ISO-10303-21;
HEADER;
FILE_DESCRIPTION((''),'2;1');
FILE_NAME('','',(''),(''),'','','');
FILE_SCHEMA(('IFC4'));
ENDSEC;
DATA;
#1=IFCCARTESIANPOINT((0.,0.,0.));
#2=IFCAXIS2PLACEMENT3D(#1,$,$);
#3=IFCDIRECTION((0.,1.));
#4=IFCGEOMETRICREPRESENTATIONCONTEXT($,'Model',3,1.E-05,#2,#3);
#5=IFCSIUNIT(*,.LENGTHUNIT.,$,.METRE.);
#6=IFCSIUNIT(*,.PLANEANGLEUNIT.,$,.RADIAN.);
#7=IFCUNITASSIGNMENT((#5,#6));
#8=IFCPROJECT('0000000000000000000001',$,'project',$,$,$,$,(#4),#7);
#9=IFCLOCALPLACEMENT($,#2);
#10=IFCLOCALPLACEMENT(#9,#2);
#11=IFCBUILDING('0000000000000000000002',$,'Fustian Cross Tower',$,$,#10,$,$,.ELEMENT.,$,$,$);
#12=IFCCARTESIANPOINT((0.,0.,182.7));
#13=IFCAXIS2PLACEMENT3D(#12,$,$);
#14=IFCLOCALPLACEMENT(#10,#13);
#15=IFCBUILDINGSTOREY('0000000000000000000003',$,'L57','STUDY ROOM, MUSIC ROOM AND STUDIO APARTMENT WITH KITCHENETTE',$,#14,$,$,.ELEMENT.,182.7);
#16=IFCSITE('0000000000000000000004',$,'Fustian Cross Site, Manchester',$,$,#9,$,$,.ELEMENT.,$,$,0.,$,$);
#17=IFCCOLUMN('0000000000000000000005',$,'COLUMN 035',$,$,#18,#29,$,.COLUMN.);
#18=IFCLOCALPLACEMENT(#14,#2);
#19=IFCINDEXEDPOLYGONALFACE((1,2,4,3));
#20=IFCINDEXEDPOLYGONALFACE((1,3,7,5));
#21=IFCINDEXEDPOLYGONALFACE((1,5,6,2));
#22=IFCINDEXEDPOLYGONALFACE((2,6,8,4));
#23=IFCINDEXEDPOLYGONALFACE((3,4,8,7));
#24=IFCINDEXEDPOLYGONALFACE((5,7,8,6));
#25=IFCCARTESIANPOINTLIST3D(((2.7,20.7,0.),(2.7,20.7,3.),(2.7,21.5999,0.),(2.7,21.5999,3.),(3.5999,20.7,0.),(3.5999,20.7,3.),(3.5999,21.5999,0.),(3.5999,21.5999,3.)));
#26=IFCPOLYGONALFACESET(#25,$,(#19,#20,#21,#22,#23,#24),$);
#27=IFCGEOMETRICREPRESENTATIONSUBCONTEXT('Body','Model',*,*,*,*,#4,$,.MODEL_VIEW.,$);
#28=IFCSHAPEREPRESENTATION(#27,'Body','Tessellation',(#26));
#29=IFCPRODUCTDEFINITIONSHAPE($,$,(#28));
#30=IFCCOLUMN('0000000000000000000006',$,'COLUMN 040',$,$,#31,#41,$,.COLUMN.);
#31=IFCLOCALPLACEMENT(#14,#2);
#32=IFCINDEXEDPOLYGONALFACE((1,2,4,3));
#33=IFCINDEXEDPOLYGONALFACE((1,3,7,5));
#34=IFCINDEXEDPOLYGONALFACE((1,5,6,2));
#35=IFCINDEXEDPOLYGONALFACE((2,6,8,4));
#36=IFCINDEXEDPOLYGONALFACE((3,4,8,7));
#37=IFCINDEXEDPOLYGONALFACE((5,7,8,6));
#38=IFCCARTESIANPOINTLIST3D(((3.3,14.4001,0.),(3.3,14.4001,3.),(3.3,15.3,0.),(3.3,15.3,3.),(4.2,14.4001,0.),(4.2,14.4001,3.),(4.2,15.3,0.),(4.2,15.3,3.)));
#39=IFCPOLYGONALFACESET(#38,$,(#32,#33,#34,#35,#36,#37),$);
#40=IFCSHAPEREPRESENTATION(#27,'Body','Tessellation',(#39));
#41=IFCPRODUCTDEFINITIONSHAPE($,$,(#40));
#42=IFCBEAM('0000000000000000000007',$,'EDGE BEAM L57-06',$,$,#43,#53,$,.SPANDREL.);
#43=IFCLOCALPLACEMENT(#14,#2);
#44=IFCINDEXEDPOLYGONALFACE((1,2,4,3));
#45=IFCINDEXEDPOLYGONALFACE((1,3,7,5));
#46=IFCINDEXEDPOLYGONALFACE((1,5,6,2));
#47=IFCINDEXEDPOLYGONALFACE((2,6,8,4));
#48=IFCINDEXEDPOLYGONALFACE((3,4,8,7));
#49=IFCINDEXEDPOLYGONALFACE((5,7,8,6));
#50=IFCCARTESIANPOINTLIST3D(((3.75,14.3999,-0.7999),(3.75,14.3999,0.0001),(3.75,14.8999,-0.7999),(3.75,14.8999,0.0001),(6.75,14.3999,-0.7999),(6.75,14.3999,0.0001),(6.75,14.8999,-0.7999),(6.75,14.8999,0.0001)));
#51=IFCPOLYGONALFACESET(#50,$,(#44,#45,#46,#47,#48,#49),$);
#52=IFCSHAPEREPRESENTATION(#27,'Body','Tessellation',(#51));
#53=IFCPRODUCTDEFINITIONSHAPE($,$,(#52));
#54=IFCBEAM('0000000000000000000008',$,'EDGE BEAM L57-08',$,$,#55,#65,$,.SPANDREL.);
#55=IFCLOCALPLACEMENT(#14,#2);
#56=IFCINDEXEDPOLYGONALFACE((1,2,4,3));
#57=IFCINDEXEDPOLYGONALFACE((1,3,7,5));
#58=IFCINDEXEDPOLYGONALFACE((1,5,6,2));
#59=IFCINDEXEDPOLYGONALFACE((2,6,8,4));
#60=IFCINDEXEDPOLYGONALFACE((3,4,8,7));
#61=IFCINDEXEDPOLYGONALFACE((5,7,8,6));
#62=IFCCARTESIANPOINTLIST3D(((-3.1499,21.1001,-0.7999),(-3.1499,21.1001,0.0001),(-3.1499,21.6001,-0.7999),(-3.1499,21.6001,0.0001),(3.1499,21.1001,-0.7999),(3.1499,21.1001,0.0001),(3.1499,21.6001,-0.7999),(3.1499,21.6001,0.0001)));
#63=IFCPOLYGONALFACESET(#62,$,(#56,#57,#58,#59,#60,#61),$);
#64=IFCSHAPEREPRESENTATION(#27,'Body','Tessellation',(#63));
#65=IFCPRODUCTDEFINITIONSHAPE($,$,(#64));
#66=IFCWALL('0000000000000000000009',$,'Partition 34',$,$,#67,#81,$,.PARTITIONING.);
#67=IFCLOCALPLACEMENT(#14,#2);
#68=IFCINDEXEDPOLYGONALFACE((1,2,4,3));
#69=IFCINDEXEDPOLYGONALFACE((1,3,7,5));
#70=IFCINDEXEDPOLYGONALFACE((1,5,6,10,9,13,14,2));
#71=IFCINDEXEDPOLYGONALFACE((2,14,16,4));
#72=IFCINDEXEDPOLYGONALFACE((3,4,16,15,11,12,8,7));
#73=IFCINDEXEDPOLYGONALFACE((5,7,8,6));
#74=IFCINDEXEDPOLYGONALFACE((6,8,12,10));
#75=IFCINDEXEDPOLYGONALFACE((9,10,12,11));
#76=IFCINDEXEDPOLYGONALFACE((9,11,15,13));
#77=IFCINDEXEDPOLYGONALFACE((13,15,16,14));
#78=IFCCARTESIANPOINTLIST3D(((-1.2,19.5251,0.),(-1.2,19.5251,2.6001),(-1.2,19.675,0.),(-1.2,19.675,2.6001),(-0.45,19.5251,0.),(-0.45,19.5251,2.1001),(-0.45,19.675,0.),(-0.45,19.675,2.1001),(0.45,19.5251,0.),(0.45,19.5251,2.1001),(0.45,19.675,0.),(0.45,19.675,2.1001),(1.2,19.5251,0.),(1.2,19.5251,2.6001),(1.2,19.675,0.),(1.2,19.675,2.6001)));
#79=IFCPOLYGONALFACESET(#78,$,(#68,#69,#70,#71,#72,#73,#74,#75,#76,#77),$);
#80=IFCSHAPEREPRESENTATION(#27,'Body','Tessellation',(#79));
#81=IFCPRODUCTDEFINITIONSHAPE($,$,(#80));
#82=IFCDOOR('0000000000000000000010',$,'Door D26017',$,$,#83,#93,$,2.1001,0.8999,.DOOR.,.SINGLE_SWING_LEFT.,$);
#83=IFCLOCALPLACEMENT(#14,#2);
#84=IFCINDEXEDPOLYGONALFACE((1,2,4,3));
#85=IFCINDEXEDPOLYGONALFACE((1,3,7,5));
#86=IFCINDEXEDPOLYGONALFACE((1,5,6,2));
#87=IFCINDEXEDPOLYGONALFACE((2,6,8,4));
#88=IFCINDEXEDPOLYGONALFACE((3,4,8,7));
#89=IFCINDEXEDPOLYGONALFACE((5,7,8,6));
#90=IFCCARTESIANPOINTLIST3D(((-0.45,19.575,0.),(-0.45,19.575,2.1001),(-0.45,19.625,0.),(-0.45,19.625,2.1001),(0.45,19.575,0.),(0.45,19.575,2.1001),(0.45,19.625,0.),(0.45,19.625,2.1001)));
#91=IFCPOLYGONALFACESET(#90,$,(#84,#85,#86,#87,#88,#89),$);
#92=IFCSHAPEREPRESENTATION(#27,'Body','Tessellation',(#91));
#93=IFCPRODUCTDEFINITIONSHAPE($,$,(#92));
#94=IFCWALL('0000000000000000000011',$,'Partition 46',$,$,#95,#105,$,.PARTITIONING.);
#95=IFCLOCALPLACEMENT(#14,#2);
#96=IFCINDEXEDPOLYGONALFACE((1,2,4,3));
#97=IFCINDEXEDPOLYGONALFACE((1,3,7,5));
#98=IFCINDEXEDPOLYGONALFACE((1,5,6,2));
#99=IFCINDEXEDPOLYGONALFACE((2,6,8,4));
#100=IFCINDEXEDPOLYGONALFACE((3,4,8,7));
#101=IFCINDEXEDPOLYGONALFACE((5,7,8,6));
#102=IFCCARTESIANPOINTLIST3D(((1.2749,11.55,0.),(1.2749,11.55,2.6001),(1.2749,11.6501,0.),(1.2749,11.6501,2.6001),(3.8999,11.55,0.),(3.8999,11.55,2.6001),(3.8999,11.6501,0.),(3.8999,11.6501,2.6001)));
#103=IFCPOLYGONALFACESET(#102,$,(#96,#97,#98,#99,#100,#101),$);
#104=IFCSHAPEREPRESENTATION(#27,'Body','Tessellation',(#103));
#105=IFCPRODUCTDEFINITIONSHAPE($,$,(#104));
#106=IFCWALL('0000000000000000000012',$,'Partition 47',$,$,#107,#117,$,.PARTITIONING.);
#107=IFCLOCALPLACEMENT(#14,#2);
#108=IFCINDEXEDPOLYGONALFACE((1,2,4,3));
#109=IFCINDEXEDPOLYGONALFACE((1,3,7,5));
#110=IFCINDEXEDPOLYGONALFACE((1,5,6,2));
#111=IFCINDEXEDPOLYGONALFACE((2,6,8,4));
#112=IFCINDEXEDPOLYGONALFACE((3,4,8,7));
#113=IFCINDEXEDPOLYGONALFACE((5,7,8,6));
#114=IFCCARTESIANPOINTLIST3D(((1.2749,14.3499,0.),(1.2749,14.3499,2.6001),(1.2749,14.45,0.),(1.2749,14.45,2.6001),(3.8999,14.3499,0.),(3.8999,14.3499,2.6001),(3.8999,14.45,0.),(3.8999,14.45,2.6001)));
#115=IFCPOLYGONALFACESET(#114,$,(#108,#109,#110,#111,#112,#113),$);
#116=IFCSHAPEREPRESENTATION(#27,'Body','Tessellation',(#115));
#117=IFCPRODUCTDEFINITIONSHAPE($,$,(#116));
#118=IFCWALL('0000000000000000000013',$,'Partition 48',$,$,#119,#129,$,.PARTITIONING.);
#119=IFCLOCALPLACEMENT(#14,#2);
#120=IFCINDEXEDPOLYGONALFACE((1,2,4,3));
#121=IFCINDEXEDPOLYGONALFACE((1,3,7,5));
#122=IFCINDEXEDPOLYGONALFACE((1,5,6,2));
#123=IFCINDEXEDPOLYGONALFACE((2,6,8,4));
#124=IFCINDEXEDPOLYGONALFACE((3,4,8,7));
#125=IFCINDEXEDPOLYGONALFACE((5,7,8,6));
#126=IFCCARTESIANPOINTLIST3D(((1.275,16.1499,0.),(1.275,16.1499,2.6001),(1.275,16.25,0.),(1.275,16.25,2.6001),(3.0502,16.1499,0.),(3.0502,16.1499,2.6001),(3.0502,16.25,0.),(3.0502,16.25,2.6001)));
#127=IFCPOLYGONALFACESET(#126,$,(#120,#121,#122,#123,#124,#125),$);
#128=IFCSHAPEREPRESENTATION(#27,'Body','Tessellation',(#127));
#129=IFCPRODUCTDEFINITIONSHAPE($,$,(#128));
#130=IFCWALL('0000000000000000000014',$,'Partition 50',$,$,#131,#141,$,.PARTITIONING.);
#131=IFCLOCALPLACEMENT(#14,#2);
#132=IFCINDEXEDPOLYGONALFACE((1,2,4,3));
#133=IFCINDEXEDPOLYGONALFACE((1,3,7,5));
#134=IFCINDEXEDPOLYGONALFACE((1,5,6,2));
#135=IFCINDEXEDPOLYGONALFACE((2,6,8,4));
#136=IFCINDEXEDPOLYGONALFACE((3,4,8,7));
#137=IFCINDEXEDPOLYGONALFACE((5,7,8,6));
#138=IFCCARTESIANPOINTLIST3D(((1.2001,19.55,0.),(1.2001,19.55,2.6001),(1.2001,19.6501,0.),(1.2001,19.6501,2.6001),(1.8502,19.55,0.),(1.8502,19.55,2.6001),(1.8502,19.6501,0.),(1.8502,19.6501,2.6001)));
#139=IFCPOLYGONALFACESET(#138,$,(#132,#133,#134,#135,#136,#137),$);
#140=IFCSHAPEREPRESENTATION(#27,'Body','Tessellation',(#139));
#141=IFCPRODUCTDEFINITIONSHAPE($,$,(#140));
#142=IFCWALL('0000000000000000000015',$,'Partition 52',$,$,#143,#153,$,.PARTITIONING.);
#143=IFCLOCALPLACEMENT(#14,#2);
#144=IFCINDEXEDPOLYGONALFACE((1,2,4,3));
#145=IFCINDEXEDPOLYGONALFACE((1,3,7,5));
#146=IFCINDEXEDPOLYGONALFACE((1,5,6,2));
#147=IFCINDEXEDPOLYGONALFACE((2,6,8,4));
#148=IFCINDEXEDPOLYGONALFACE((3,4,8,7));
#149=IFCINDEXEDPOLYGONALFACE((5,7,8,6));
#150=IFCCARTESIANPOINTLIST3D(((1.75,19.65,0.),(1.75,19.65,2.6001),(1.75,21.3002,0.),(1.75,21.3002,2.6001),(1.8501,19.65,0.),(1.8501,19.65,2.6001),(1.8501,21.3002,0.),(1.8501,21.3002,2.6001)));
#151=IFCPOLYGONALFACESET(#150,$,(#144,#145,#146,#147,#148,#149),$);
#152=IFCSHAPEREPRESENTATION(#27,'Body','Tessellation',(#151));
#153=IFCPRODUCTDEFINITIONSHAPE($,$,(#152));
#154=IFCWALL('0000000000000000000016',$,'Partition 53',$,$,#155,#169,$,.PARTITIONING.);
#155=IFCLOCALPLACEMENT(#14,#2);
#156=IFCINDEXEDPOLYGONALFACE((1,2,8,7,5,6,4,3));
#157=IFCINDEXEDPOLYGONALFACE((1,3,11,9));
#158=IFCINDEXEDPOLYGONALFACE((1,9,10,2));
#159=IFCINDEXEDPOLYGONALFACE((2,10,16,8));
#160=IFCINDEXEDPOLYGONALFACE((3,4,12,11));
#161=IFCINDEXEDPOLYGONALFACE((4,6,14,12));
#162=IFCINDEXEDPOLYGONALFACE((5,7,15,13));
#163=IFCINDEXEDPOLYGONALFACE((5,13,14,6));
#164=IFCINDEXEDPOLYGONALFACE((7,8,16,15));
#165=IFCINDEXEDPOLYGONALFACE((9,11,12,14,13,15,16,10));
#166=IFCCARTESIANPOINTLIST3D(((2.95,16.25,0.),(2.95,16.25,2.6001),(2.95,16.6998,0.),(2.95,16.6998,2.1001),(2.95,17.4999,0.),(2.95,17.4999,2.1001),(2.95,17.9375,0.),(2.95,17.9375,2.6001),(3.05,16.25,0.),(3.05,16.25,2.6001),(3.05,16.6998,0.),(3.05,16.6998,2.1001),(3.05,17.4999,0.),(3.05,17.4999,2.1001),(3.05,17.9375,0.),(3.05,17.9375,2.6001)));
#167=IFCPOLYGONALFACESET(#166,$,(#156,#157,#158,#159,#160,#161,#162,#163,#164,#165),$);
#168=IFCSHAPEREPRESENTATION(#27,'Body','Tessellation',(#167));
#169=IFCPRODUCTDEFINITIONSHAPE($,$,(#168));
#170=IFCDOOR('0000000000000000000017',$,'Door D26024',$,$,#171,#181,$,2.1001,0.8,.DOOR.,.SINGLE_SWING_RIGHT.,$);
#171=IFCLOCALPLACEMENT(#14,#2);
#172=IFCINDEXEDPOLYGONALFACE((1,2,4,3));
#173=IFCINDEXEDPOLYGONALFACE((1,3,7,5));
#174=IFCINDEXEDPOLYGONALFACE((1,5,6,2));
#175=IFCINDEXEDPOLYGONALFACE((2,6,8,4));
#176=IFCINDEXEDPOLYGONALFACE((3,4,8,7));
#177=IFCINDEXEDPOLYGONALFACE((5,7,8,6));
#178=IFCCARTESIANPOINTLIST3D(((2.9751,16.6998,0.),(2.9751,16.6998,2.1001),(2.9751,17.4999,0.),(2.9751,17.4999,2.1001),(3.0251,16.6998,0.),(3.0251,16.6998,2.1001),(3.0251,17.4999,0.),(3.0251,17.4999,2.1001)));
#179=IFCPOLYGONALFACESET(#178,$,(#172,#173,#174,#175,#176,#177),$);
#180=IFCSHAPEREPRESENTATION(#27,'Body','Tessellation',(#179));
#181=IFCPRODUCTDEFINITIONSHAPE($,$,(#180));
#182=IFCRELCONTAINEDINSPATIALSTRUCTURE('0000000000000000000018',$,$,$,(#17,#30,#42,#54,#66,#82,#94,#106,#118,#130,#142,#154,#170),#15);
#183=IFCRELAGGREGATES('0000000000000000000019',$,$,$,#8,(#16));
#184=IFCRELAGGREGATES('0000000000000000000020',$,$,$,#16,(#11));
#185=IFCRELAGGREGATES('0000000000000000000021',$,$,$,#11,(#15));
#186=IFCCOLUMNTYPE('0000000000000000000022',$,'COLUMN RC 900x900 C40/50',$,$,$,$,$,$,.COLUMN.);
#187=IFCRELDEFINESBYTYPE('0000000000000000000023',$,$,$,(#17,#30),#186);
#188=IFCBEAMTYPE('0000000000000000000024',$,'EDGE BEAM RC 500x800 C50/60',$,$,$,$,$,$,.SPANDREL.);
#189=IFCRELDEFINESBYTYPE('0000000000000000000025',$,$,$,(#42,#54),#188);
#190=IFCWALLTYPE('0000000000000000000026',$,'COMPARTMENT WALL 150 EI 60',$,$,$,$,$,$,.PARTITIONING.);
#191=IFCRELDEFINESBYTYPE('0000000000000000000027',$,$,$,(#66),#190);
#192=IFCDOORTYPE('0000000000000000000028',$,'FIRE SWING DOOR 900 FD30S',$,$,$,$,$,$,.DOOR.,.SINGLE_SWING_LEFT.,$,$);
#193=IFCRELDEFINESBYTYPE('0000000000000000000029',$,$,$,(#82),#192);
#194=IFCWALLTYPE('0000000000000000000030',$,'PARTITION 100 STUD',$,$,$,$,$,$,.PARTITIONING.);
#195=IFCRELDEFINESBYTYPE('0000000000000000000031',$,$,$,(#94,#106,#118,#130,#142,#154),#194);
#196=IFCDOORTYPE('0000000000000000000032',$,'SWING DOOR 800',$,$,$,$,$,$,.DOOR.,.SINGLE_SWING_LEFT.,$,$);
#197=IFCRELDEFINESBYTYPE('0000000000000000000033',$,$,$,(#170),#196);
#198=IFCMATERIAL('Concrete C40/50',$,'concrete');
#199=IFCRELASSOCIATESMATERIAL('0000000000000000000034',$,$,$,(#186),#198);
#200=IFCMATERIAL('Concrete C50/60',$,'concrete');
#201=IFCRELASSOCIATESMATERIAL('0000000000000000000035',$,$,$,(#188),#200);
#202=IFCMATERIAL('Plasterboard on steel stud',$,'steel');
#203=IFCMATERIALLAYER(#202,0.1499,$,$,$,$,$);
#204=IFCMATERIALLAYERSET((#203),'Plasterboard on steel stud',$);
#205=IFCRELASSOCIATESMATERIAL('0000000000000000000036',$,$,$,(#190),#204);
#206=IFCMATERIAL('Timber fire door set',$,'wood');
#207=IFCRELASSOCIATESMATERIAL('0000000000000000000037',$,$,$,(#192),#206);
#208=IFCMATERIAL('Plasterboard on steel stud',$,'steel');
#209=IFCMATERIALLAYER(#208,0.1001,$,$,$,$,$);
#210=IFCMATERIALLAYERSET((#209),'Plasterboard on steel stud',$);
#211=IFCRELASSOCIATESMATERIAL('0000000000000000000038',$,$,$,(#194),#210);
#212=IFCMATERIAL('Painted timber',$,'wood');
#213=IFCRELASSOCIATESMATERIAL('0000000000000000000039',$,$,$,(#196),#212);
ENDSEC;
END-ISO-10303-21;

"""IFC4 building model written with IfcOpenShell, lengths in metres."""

from ifc_helpers import new_model, si_unit, direction, frame, frame_2d, origin, origin_2d, place, context, subcontext, project, spatial, rectangle, extrude, material, layer, layer_set, material_profile, profile_set, type_object, element, fill, save


model = new_model("IFC4")

# Units and contexts
model_context = context("Model", 3, precision=1e-05, world=origin(), true_north=direction((0.0, 1.0)))
body_context = subcontext(model_context, "Body", "Model", "MODEL_VIEW")
ifc_project = project(units=[si_unit("LENGTHUNIT", "METRE"), si_unit("PLANEANGLEUNIT", "RADIAN")], contexts=[model_context])

# Site, building, storey
site_placement = place(None, origin())
site = spatial("IfcSite", under=ifc_project, at=site_placement, Name="Fustian Cross Site, Manchester", CompositionType="ELEMENT", RefElevation=0.0)
building_placement = place(site_placement, origin())
building = spatial("IfcBuilding", under=site, at=building_placement, Name="Fustian Cross Tower", CompositionType="ELEMENT")
storey_placement = place(building_placement, frame((0.0, 0.0, 182.7)))
storey = spatial("IfcBuildingStorey", under=building, at=storey_placement, Name="L57", Description="STUDY ROOM, MUSIC ROOM AND STUDIO APARTMENT WITH KITCHENETTE", CompositionType="ELEMENT", Elevation=182.7)

# Columns
ifc_material_1 = material(Name="Concrete C40/50", Category="concrete")
ifc_material_profile_1 = material_profile(ifc_material_1, rectangle(XDim=0.8999, YDim=0.8999, at=origin_2d()), Name="RC 900x900")
ifc_profile_set_1 = profile_set([ifc_material_profile_1], Name="Concrete C40/50")
column_type = type_object("IfcColumnType", Name="COLUMN RC 900x900 C40/50", PredefinedType="COLUMN", material=ifc_profile_set_1)
for number, where, z_axis, x_axis, name in (
    (1, (3.1499, 21.1499, 0.0), (0.0, 0.0, 1.0), (1.0, 0.0, 0.0), "COLUMN 035"),
    (2, (3.75, 14.8501, 0.0), (0.0, 0.0, 1.0), (1.0, 0.0, 0.0), "COLUMN 040"),
):
    element("IfcColumn", number, at=place(storey_placement, frame(where, z_axis=z_axis, x_axis=x_axis)), inside=storey, type_object=column_type, Name=name, PredefinedType="COLUMN", context=body_context, shape_type="SweptSolid", body=[
        extrude(rectangle(XDim=0.8999, YDim=0.8999, at=origin_2d()), origin(), (0.0, 0.0, 1.0), 3.0),
    ])

# Beams
ifc_material_2 = material(Name="Concrete C50/60", Category="concrete")
ifc_material_profile_2 = material_profile(ifc_material_2, rectangle(XDim=0.5, YDim=0.8, at=origin_2d()), Name="RC 500x800")
ifc_profile_set_2 = profile_set([ifc_material_profile_2], Name="Concrete C50/60")
beam_type = type_object("IfcBeamType", Name="EDGE BEAM RC 500x800 C50/60", PredefinedType="SPANDREL", material=ifc_profile_set_2)
beam_1_placement = place(storey_placement, frame((3.75, 14.6499, -0.3999), z_axis=(1.0, 0.0, 0.0), x_axis=(0.0, 1.0, 0.0)))
element("IfcBeam", 3, at=beam_1_placement, inside=storey, type_object=beam_type, Name="EDGE BEAM L57-06", PredefinedType="SPANDREL", context=body_context, shape_type="SweptSolid", body=[
    extrude(rectangle(XDim=0.5, YDim=0.8, at=origin_2d()), origin(), (0.0, 0.0, 1.0), 3.0),
])
beam_2_placement = place(storey_placement, frame((3.1499, 21.3501, -0.3999), z_axis=(-1.0, 0.0, 0.0), x_axis=(0.0, -1.0, 0.0)))
element("IfcBeam", 4, at=beam_2_placement, inside=storey, type_object=beam_type, Name="EDGE BEAM L57-08", PredefinedType="SPANDREL", context=body_context, shape_type="SweptSolid", body=[
    extrude(rectangle(XDim=0.5, YDim=0.8, at=origin_2d()), origin(), (0.0, 0.0, 1.0), 6.2998),
])

# Wall, opening, door
ifc_material_3 = material(Name="Plasterboard on steel stud", Category="steel")
ifc_layer_1 = layer(ifc_material_3, 0.1499)
ifc_layer_set_1 = layer_set([ifc_layer_1], Name="Plasterboard on steel stud")
wall_type_1 = type_object("IfcWallType", Name="COMPARTMENT WALL 150 EI 60", PredefinedType="PARTITIONING", material=ifc_layer_set_1)
wall_1_placement = place(storey_placement, frame((-1.2, 19.6001, 0.0), z_axis=(0.0, 0.0, 1.0), x_axis=(1.0, 0.0, 0.0)))
wall_1 = element("IfcWall", 5, at=wall_1_placement, inside=storey, type_object=wall_type_1, Name="Partition 34", PredefinedType="PARTITIONING", context=body_context, shape_type="SweptSolid", body=[
    extrude(rectangle(XDim=2.3999, YDim=0.1499, at=frame_2d((1.2, 0.0))), origin(), (0.0, 0.0, 1.0), 2.6001),
])
opening_1_placement = place(wall_1_placement, frame((0.75, 0.0, 0.0)))
opening_1 = element("IfcOpeningElement", 6, at=opening_1_placement, cuts=wall_1, PredefinedType="OPENING", context=body_context, shape_type="SweptSolid", body=[
    extrude(rectangle(XDim=0.8999, YDim=2.1001, at=frame_2d((0.45, 1.05))), frame((0.0, 0.085, 0.0), z_axis=(0.0, -1.0, 0.0), x_axis=(1.0, 0.0, 0.0)), (0.0, 0.0, 1.0), 0.1699),
])
ifc_material_4 = material(Name="Timber fire door set", Category="wood")
door_type_1 = type_object("IfcDoorType", Name="FIRE SWING DOOR 900 FD30S", OperationType="SINGLE_SWING_LEFT", PredefinedType="DOOR", material=ifc_material_4)
door_1_placement = place(opening_1_placement, origin())
door_1 = element("IfcDoor", 7, at=door_1_placement, inside=storey, type_object=door_type_1, Name="Door D26017", OperationType="SINGLE_SWING_LEFT", OverallHeight=2.1001, OverallWidth=0.8999, PredefinedType="DOOR", context=body_context, shape_type="SweptSolid", body=[
    extrude(rectangle(XDim=0.8999, YDim=2.1001, at=frame_2d((0.45, 1.05))), frame((0.0, 0.0249, 0.0), z_axis=(0.0, -1.0, 0.0), x_axis=(1.0, 0.0, 0.0)), (0.0, 0.0, 1.0), 0.05),
])
fill(opening_1, door_1)

# Walls
ifc_material_5 = material(Name="Plasterboard on steel stud", Category="steel")
ifc_layer_2 = layer(ifc_material_5, 0.1001)
ifc_layer_set_2 = layer_set([ifc_layer_2], Name="Plasterboard on steel stud")
wall_type_2 = type_object("IfcWallType", Name="PARTITION 100 STUD", PredefinedType="PARTITIONING", material=ifc_layer_set_2)
for number, where, z_axis, x_axis, name in (
    (8, (1.2749, 11.6001, 0.0), (0.0, 0.0, 1.0), (1.0, 0.0, 0.0), "Partition 46"),
    (9, (1.2749, 14.3999, 0.0), (0.0, 0.0, 1.0), (1.0, 0.0, 0.0), "Partition 47"),
):
    element("IfcWall", number, at=place(storey_placement, frame(where, z_axis=z_axis, x_axis=x_axis)), inside=storey, type_object=wall_type_2, Name=name, PredefinedType="PARTITIONING", context=body_context, shape_type="SweptSolid", body=[
        extrude(rectangle(XDim=2.625, YDim=0.1001, at=frame_2d((1.3125, 0.0))), origin(), (0.0, 0.0, 1.0), 2.6001),
    ])
wall_2_placement = place(storey_placement, frame((1.2749, 16.2, 0.0), z_axis=(0.0, 0.0, 1.0), x_axis=(1.0, 0.0, 0.0)))
element("IfcWall", 10, at=wall_2_placement, inside=storey, type_object=wall_type_2, Name="Partition 48", PredefinedType="PARTITIONING", context=body_context, shape_type="SweptSolid", body=[
    extrude(rectangle(XDim=1.7751, YDim=0.1001, at=frame_2d((0.8877, 0.0))), origin(), (0.0, 0.0, 1.0), 2.6001),
])
wall_3_placement = place(storey_placement, frame((1.2, 19.6001, 0.0), z_axis=(0.0, 0.0, 1.0), x_axis=(1.0, 0.0, 0.0)))
element("IfcWall", 11, at=wall_3_placement, inside=storey, type_object=wall_type_2, Name="Partition 50", PredefinedType="PARTITIONING", context=body_context, shape_type="SweptSolid", body=[
    extrude(rectangle(XDim=0.6501, YDim=0.1001, at=frame_2d((0.3252, 0.0))), origin(), (0.0, 0.0, 1.0), 2.6001),
])
wall_4_placement = place(storey_placement, frame((1.8, 19.6499, 0.0), z_axis=(0.0, 0.0, 1.0), x_axis=(0.0, 1.0, 0.0)))
element("IfcWall", 12, at=wall_4_placement, inside=storey, type_object=wall_type_2, Name="Partition 52", PredefinedType="PARTITIONING", context=body_context, shape_type="SweptSolid", body=[
    extrude(rectangle(XDim=1.6501, YDim=0.1001, at=frame_2d((0.8252, 0.0))), origin(), (0.0, 0.0, 1.0), 2.6001),
])

# Wall, opening, door
wall_5_placement = place(storey_placement, frame((3.0, 16.25, 0.0), z_axis=(0.0, 0.0, 1.0), x_axis=(0.0, 1.0, 0.0)))
wall_5 = element("IfcWall", 13, at=wall_5_placement, inside=storey, type_object=wall_type_2, Name="Partition 53", PredefinedType="PARTITIONING", context=body_context, shape_type="SweptSolid", body=[
    extrude(rectangle(XDim=1.6875, YDim=0.1001, at=frame_2d((0.8438, 0.0))), origin(), (0.0, 0.0, 1.0), 2.6001),
])
opening_2_placement = place(wall_5_placement, frame((0.45, 0.0, 0.0)))
opening_2 = element("IfcOpeningElement", 14, at=opening_2_placement, cuts=wall_5, PredefinedType="OPENING", context=body_context, shape_type="SweptSolid", body=[
    extrude(rectangle(XDim=0.8, YDim=2.1001, at=frame_2d((0.3999, 1.05))), frame((0.0, 0.0601, 0.0), z_axis=(0.0, -1.0, 0.0), x_axis=(1.0, 0.0, 0.0)), (0.0, 0.0, 1.0), 0.1201),
])
ifc_material_6 = material(Name="Painted timber", Category="wood")
door_type_2 = type_object("IfcDoorType", Name="SWING DOOR 800", OperationType="SINGLE_SWING_LEFT", PredefinedType="DOOR", material=ifc_material_6)
door_2_placement = place(opening_2_placement, origin())
door_2 = element("IfcDoor", 15, at=door_2_placement, inside=storey, type_object=door_type_2, Name="Door D26024", OperationType="SINGLE_SWING_RIGHT", OverallHeight=2.1001, OverallWidth=0.8, PredefinedType="DOOR", context=body_context, shape_type="SweptSolid", body=[
    extrude(rectangle(XDim=0.8, YDim=2.1001, at=frame_2d((0.3999, 1.05))), frame((0.0, 0.0249, 0.0), z_axis=(0.0, -1.0, 0.0), x_axis=(1.0, 0.0, 0.0)), (0.0, 0.0, 1.0), 0.05),
])
fill(opening_2, door_2)

save(model, "model.ifc")
